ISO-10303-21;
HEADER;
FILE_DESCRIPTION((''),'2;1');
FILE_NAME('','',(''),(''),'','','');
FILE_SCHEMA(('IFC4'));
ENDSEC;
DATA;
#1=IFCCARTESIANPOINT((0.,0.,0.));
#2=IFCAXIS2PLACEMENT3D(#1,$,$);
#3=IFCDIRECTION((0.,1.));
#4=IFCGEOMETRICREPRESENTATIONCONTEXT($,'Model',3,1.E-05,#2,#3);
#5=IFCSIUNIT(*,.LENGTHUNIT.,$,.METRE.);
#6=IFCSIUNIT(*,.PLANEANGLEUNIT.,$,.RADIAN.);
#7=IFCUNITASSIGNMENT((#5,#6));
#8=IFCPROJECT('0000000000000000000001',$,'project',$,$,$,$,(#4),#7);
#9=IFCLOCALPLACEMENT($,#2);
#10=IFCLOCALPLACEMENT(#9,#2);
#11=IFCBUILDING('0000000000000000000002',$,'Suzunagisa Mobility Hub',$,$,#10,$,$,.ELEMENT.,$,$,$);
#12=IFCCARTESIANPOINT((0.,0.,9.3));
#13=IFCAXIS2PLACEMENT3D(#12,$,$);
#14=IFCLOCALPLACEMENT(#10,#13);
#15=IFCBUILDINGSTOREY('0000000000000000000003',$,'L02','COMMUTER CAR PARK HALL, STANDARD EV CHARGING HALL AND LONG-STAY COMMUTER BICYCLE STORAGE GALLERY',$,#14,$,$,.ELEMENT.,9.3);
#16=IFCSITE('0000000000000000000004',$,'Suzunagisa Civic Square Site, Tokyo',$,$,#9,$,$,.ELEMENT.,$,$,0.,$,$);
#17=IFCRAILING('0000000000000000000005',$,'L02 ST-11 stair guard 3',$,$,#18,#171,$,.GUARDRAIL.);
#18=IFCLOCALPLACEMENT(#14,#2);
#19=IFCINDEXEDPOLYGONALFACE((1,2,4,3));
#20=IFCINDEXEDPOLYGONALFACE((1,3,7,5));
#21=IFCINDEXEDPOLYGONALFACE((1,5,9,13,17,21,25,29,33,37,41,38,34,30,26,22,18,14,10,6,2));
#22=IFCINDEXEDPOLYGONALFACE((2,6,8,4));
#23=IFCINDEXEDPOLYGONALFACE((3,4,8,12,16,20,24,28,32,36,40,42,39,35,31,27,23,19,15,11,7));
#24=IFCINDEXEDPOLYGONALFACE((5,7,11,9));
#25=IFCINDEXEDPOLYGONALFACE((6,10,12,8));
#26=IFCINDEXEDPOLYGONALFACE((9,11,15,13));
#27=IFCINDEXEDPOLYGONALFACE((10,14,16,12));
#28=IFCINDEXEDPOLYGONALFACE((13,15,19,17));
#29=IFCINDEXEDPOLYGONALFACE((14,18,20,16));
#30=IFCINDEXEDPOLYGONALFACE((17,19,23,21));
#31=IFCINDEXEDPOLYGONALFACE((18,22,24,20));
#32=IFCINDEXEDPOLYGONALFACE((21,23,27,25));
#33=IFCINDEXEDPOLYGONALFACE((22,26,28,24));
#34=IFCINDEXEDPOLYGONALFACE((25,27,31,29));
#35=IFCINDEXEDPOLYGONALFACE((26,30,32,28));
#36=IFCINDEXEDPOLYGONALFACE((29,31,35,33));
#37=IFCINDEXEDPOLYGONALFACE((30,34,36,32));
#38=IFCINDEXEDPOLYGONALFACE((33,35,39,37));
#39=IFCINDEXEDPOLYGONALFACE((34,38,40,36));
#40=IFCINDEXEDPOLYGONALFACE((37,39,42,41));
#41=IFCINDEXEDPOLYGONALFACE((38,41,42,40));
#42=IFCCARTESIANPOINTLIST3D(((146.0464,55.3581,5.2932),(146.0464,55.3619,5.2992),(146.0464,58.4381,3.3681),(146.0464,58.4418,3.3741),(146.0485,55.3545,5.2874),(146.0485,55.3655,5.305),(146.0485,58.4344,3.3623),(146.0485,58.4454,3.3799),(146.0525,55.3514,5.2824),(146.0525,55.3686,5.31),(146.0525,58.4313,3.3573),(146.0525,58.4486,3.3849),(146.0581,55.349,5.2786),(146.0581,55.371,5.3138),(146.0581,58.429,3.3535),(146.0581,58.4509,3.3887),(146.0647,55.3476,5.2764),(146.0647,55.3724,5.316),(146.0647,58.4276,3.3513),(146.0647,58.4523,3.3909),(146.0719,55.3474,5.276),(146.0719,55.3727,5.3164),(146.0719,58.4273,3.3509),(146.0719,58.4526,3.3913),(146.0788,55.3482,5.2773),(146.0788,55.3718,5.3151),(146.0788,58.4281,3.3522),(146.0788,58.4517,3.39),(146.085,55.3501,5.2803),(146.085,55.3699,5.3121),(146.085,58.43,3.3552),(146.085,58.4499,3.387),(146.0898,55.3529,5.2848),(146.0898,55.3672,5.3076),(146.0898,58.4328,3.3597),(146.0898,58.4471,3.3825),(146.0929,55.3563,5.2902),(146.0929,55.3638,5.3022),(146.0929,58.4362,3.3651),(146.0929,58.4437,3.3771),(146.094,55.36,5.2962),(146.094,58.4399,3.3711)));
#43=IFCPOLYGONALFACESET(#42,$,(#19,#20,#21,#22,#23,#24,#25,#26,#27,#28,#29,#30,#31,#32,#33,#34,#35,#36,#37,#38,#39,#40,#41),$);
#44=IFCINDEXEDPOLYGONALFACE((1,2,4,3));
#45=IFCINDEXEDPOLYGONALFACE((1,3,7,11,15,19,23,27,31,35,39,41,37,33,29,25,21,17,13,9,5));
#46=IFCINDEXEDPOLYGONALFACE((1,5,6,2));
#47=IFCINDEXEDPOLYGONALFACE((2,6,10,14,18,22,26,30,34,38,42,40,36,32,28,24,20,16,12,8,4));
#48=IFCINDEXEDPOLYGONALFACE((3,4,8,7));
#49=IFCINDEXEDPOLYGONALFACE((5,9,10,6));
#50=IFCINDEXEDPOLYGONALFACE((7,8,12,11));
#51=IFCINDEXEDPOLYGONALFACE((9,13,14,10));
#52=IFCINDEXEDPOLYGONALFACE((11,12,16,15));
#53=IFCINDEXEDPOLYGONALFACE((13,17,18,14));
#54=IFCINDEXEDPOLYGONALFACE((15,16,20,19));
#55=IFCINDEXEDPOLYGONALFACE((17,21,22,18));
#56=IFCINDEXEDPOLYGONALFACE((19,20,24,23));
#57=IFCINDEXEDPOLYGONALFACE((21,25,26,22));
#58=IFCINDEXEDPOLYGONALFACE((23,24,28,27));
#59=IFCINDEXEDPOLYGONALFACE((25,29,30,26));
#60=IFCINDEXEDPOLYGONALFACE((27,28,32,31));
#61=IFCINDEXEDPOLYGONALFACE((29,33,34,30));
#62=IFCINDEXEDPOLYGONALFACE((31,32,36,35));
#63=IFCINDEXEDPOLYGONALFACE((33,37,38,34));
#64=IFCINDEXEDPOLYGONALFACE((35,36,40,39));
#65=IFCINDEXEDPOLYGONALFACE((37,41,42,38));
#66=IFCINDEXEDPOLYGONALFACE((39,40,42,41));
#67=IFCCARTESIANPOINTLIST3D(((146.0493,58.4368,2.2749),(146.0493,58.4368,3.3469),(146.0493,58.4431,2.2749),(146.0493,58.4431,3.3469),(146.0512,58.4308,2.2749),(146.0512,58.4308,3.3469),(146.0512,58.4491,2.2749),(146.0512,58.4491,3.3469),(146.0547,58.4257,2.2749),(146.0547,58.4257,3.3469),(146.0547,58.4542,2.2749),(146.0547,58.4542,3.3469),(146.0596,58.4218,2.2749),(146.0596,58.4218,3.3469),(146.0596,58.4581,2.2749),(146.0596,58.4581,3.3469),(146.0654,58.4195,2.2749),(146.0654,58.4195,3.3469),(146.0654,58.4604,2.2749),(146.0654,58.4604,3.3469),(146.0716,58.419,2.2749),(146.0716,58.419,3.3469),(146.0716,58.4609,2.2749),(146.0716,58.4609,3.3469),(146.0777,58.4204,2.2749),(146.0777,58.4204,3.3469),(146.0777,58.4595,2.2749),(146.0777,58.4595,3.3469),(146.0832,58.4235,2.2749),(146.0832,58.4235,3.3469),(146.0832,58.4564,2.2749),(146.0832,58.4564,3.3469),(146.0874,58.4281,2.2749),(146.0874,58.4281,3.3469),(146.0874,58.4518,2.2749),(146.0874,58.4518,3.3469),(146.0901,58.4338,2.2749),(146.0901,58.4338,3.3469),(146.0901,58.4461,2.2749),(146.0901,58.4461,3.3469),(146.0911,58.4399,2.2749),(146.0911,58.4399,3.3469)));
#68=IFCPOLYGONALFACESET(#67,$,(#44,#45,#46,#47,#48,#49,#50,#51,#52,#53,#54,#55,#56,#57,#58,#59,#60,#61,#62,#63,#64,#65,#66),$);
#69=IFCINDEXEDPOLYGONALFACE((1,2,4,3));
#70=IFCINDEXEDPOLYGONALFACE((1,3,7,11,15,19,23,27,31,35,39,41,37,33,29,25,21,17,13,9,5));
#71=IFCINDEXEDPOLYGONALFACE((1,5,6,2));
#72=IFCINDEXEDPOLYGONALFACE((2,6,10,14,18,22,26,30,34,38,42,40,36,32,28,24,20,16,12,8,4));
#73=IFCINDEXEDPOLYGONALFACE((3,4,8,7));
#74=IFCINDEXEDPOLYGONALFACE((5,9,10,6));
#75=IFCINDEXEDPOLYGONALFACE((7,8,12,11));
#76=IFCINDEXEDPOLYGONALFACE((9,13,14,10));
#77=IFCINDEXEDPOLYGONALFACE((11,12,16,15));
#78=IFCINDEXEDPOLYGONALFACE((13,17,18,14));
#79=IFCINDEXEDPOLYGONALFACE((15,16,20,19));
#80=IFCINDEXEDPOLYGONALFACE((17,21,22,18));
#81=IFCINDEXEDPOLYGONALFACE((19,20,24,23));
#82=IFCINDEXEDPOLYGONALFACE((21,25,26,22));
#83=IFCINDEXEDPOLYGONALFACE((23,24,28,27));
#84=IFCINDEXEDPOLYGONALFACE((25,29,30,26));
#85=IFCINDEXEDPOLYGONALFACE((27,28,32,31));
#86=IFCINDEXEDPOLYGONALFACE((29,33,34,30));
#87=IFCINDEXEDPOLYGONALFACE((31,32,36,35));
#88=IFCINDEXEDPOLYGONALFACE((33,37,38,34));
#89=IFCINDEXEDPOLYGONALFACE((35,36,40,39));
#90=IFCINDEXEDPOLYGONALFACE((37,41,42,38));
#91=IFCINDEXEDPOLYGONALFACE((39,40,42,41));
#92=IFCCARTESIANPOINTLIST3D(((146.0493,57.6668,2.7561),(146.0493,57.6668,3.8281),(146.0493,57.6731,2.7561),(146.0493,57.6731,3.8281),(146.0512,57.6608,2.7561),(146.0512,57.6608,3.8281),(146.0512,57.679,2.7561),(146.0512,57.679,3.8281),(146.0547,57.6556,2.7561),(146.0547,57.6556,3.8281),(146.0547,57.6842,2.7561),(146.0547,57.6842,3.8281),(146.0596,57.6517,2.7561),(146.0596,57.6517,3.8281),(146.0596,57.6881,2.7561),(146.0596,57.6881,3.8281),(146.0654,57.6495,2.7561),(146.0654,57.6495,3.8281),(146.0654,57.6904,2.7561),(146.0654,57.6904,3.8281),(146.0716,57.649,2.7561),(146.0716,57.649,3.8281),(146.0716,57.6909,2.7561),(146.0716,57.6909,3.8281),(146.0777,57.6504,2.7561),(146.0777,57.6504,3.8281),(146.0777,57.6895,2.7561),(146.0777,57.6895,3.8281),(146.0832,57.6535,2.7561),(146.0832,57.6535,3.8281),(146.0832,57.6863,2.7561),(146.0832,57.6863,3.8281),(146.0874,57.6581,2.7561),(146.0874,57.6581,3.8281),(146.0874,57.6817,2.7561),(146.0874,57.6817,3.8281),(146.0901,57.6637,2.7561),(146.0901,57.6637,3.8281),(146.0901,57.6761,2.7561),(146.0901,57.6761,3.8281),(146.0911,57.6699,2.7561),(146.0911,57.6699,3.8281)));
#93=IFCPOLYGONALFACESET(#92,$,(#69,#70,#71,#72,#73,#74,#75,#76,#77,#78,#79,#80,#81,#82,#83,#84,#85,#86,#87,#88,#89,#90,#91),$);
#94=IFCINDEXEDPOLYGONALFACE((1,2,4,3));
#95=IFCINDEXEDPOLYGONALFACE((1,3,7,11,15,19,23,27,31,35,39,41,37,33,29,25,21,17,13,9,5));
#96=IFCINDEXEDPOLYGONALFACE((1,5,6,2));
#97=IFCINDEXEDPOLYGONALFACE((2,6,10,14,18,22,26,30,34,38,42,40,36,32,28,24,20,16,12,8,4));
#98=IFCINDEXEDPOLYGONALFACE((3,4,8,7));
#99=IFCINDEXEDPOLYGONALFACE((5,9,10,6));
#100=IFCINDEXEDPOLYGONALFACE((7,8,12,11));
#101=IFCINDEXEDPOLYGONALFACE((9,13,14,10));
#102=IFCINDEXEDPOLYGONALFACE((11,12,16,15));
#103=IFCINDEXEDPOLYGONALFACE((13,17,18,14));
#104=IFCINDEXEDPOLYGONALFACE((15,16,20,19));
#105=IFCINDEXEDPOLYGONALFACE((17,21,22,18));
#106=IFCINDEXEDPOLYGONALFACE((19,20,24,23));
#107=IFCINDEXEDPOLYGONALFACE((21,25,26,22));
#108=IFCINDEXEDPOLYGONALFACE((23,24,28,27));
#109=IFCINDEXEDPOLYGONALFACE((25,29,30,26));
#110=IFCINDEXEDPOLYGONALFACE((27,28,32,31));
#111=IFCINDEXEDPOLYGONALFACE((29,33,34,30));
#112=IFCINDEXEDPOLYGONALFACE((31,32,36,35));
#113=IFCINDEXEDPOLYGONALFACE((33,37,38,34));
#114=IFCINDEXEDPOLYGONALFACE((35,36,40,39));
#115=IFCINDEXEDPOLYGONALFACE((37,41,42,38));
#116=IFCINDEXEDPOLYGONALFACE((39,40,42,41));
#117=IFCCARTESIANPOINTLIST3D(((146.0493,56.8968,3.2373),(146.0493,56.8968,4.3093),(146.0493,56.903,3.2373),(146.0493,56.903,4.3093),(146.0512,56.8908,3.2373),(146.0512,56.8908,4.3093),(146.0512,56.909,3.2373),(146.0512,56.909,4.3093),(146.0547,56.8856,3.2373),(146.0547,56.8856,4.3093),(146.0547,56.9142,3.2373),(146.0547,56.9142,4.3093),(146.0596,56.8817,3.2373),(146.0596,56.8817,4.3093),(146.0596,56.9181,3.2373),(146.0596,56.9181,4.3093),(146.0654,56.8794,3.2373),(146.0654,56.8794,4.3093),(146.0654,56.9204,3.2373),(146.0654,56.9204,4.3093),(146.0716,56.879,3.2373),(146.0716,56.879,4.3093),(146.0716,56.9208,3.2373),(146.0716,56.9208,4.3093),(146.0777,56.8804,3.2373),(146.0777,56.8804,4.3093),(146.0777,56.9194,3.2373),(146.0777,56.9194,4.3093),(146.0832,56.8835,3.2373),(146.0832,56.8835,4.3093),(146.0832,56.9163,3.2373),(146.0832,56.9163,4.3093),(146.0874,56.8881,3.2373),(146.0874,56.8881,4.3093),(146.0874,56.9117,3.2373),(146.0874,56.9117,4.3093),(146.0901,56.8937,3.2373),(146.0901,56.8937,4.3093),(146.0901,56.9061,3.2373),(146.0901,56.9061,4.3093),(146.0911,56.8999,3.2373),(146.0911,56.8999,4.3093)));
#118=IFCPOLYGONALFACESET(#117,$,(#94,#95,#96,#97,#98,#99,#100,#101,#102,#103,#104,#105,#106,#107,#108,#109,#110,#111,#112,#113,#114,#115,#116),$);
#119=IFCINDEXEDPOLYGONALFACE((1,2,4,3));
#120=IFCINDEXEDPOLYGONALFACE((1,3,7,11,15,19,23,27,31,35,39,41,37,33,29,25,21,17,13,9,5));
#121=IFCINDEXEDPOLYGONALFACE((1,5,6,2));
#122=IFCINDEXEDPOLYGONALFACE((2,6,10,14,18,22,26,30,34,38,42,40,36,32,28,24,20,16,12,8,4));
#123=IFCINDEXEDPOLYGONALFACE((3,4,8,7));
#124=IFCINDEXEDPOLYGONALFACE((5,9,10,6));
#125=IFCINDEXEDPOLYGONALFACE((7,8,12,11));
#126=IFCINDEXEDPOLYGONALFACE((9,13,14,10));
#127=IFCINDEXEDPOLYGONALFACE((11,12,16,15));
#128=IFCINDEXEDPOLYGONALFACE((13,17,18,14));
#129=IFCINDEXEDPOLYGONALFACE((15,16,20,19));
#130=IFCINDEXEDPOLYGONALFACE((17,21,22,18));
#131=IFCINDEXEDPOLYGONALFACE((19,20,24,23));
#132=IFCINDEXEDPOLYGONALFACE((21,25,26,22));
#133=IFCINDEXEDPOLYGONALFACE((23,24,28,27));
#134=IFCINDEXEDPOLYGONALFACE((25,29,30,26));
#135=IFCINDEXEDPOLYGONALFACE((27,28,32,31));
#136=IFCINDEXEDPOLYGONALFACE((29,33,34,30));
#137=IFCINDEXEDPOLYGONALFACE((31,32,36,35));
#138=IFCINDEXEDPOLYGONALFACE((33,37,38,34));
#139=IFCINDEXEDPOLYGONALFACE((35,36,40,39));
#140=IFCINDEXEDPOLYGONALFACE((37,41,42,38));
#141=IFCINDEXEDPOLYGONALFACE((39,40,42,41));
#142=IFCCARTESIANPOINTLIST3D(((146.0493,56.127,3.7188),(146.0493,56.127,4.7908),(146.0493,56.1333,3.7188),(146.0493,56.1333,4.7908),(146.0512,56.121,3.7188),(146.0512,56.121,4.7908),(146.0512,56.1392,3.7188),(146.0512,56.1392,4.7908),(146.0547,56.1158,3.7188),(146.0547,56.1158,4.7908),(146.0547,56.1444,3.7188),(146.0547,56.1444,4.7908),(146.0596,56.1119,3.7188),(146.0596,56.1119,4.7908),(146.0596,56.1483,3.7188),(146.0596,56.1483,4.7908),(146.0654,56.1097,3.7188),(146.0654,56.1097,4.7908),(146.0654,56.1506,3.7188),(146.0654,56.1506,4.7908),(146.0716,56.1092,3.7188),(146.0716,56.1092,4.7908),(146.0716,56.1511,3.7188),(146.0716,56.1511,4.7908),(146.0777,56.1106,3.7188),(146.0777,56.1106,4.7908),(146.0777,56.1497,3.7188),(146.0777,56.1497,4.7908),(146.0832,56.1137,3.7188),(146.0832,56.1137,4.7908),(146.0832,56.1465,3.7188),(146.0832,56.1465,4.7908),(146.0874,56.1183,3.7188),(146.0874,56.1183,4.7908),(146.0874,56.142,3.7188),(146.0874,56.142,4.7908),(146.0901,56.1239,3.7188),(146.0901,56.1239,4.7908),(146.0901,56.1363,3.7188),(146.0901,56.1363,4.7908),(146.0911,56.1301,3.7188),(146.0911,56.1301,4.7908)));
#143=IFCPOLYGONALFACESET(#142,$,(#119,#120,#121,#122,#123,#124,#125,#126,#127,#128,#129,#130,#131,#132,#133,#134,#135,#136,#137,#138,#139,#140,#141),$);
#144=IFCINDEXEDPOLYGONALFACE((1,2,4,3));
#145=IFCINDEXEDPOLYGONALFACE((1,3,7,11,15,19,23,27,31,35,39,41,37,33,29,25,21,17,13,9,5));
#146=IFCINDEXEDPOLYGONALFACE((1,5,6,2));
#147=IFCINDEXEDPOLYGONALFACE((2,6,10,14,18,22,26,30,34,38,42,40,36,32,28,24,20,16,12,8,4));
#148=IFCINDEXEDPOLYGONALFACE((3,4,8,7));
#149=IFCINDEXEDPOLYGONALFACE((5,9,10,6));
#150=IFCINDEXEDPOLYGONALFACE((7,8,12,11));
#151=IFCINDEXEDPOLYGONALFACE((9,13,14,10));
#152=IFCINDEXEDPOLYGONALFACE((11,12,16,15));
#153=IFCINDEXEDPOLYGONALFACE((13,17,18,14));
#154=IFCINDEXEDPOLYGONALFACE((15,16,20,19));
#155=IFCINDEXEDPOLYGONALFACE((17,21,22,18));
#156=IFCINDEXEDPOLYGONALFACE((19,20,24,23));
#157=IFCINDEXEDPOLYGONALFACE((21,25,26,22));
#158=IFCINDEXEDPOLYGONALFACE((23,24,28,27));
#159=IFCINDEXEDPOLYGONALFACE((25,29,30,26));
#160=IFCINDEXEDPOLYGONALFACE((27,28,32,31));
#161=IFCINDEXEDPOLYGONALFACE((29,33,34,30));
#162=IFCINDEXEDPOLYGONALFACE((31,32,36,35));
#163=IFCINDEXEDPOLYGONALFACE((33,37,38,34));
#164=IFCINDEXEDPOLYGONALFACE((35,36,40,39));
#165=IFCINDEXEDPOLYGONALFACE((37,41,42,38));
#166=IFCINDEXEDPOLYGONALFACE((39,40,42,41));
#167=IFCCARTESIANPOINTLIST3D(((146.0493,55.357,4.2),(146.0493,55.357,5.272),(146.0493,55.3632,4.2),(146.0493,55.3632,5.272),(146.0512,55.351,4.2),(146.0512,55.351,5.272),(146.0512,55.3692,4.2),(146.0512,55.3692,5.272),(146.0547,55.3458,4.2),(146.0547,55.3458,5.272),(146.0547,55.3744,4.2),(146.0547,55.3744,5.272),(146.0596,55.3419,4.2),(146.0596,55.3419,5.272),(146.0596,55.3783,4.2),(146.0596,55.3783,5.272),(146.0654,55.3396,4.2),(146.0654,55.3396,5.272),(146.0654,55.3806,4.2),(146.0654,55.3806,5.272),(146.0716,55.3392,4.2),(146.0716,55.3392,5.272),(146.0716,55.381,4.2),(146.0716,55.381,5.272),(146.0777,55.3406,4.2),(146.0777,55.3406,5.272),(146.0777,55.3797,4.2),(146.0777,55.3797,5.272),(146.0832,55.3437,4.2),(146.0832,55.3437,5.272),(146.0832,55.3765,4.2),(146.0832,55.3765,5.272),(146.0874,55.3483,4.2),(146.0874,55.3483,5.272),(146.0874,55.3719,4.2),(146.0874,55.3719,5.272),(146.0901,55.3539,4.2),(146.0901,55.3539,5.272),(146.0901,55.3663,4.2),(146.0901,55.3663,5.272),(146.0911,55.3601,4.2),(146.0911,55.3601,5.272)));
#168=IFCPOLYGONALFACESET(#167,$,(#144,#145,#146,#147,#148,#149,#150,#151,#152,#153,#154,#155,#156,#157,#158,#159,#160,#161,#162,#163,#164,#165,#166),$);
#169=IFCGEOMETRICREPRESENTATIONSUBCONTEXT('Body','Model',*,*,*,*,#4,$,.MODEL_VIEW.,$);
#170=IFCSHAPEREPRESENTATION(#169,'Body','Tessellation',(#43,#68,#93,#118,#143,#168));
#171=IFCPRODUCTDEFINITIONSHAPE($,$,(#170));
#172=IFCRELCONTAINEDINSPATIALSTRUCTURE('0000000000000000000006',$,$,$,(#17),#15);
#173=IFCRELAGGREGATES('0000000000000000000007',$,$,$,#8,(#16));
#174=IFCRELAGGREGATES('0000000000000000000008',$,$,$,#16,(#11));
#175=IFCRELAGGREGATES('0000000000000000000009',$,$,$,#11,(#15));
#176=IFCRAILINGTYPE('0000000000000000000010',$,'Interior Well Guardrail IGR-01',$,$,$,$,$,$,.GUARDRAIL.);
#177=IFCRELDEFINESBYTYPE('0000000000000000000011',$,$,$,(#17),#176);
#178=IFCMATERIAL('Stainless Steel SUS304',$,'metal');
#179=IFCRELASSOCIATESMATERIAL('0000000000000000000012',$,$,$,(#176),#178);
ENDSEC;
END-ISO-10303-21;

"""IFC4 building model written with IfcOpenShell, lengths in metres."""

from ifc_helpers import new_model, si_unit, direction, frame, origin, origin_2d, place, context, subcontext, project, spatial, circle, extrude, material, type_object, element, save


model = new_model("IFC4")

# Units and contexts
model_context = context("Model", 3, precision=1e-05, world=origin(), true_north=direction((0.0, 1.0)))
body_context = subcontext(model_context, "Body", "Model", "MODEL_VIEW")
ifc_project = project(units=[si_unit("LENGTHUNIT", "METRE"), si_unit("PLANEANGLEUNIT", "RADIAN")], contexts=[model_context])

# Site, building, storey
site_placement = place(None, origin())
site = spatial("IfcSite", under=ifc_project, at=site_placement, Name="Suzunagisa Civic Square Site, Tokyo", CompositionType="ELEMENT", RefElevation=0.0)
building_placement = place(site_placement, origin())
building = spatial("IfcBuilding", under=site, at=building_placement, Name="Suzunagisa Mobility Hub", CompositionType="ELEMENT")
storey_placement = place(building_placement, frame((0.0, 0.0, 9.3)))
storey = spatial("IfcBuildingStorey", under=building, at=storey_placement, Name="L02", Description="COMMUTER CAR PARK HALL, STANDARD EV CHARGING HALL AND LONG-STAY COMMUTER BICYCLE STORAGE GALLERY", CompositionType="ELEMENT", Elevation=9.3)

# Railing
ifc_material_1 = material(Name="Stainless Steel SUS304", Category="metal")
railing_type_1 = type_object("IfcRailingType", Name="Interior Well Guardrail IGR-01", PredefinedType="GUARDRAIL", material=ifc_material_1)
railing_1_placement = place(storey_placement, frame((146.0701, 58.4399, 2.2749)))
element("IfcRailing", 1, at=railing_1_placement, inside=storey, type_object=railing_type_1, Name="L02 ST-11 stair guard 3", PredefinedType="GUARDRAIL", context=body_context, shape_type="SweptSolid", body=[
    extrude(circle(Radius=0.0239, at=origin_2d()), frame((0.0, 0.0, 1.0962), z_axis=(0.0, -0.847979, 0.530029), x_axis=(1.0, 0.0, 0.0)), (0.0, 0.0, 1.0), 3.6321),
    extrude(circle(Radius=0.021, at=origin_2d()), origin(), (0.0, 0.0, 1.0), 1.072),
    extrude(circle(Radius=0.021, at=origin_2d()), frame((0.0, -0.77, 0.4812)), (0.0, 0.0, 1.0), 1.072),
    extrude(circle(Radius=0.021, at=origin_2d()), frame((0.0, -1.54, 0.9624)), (0.0, 0.0, 1.0), 1.072),
    extrude(circle(Radius=0.021, at=origin_2d()), frame((0.0, -2.3098, 1.4438)), (0.0, 0.0, 1.0), 1.072),
    extrude(circle(Radius=0.021, at=origin_2d()), frame((0.0, -3.0798, 1.925)), (0.0, 0.0, 1.0), 1.072),
])

save(model, "model.ifc")
